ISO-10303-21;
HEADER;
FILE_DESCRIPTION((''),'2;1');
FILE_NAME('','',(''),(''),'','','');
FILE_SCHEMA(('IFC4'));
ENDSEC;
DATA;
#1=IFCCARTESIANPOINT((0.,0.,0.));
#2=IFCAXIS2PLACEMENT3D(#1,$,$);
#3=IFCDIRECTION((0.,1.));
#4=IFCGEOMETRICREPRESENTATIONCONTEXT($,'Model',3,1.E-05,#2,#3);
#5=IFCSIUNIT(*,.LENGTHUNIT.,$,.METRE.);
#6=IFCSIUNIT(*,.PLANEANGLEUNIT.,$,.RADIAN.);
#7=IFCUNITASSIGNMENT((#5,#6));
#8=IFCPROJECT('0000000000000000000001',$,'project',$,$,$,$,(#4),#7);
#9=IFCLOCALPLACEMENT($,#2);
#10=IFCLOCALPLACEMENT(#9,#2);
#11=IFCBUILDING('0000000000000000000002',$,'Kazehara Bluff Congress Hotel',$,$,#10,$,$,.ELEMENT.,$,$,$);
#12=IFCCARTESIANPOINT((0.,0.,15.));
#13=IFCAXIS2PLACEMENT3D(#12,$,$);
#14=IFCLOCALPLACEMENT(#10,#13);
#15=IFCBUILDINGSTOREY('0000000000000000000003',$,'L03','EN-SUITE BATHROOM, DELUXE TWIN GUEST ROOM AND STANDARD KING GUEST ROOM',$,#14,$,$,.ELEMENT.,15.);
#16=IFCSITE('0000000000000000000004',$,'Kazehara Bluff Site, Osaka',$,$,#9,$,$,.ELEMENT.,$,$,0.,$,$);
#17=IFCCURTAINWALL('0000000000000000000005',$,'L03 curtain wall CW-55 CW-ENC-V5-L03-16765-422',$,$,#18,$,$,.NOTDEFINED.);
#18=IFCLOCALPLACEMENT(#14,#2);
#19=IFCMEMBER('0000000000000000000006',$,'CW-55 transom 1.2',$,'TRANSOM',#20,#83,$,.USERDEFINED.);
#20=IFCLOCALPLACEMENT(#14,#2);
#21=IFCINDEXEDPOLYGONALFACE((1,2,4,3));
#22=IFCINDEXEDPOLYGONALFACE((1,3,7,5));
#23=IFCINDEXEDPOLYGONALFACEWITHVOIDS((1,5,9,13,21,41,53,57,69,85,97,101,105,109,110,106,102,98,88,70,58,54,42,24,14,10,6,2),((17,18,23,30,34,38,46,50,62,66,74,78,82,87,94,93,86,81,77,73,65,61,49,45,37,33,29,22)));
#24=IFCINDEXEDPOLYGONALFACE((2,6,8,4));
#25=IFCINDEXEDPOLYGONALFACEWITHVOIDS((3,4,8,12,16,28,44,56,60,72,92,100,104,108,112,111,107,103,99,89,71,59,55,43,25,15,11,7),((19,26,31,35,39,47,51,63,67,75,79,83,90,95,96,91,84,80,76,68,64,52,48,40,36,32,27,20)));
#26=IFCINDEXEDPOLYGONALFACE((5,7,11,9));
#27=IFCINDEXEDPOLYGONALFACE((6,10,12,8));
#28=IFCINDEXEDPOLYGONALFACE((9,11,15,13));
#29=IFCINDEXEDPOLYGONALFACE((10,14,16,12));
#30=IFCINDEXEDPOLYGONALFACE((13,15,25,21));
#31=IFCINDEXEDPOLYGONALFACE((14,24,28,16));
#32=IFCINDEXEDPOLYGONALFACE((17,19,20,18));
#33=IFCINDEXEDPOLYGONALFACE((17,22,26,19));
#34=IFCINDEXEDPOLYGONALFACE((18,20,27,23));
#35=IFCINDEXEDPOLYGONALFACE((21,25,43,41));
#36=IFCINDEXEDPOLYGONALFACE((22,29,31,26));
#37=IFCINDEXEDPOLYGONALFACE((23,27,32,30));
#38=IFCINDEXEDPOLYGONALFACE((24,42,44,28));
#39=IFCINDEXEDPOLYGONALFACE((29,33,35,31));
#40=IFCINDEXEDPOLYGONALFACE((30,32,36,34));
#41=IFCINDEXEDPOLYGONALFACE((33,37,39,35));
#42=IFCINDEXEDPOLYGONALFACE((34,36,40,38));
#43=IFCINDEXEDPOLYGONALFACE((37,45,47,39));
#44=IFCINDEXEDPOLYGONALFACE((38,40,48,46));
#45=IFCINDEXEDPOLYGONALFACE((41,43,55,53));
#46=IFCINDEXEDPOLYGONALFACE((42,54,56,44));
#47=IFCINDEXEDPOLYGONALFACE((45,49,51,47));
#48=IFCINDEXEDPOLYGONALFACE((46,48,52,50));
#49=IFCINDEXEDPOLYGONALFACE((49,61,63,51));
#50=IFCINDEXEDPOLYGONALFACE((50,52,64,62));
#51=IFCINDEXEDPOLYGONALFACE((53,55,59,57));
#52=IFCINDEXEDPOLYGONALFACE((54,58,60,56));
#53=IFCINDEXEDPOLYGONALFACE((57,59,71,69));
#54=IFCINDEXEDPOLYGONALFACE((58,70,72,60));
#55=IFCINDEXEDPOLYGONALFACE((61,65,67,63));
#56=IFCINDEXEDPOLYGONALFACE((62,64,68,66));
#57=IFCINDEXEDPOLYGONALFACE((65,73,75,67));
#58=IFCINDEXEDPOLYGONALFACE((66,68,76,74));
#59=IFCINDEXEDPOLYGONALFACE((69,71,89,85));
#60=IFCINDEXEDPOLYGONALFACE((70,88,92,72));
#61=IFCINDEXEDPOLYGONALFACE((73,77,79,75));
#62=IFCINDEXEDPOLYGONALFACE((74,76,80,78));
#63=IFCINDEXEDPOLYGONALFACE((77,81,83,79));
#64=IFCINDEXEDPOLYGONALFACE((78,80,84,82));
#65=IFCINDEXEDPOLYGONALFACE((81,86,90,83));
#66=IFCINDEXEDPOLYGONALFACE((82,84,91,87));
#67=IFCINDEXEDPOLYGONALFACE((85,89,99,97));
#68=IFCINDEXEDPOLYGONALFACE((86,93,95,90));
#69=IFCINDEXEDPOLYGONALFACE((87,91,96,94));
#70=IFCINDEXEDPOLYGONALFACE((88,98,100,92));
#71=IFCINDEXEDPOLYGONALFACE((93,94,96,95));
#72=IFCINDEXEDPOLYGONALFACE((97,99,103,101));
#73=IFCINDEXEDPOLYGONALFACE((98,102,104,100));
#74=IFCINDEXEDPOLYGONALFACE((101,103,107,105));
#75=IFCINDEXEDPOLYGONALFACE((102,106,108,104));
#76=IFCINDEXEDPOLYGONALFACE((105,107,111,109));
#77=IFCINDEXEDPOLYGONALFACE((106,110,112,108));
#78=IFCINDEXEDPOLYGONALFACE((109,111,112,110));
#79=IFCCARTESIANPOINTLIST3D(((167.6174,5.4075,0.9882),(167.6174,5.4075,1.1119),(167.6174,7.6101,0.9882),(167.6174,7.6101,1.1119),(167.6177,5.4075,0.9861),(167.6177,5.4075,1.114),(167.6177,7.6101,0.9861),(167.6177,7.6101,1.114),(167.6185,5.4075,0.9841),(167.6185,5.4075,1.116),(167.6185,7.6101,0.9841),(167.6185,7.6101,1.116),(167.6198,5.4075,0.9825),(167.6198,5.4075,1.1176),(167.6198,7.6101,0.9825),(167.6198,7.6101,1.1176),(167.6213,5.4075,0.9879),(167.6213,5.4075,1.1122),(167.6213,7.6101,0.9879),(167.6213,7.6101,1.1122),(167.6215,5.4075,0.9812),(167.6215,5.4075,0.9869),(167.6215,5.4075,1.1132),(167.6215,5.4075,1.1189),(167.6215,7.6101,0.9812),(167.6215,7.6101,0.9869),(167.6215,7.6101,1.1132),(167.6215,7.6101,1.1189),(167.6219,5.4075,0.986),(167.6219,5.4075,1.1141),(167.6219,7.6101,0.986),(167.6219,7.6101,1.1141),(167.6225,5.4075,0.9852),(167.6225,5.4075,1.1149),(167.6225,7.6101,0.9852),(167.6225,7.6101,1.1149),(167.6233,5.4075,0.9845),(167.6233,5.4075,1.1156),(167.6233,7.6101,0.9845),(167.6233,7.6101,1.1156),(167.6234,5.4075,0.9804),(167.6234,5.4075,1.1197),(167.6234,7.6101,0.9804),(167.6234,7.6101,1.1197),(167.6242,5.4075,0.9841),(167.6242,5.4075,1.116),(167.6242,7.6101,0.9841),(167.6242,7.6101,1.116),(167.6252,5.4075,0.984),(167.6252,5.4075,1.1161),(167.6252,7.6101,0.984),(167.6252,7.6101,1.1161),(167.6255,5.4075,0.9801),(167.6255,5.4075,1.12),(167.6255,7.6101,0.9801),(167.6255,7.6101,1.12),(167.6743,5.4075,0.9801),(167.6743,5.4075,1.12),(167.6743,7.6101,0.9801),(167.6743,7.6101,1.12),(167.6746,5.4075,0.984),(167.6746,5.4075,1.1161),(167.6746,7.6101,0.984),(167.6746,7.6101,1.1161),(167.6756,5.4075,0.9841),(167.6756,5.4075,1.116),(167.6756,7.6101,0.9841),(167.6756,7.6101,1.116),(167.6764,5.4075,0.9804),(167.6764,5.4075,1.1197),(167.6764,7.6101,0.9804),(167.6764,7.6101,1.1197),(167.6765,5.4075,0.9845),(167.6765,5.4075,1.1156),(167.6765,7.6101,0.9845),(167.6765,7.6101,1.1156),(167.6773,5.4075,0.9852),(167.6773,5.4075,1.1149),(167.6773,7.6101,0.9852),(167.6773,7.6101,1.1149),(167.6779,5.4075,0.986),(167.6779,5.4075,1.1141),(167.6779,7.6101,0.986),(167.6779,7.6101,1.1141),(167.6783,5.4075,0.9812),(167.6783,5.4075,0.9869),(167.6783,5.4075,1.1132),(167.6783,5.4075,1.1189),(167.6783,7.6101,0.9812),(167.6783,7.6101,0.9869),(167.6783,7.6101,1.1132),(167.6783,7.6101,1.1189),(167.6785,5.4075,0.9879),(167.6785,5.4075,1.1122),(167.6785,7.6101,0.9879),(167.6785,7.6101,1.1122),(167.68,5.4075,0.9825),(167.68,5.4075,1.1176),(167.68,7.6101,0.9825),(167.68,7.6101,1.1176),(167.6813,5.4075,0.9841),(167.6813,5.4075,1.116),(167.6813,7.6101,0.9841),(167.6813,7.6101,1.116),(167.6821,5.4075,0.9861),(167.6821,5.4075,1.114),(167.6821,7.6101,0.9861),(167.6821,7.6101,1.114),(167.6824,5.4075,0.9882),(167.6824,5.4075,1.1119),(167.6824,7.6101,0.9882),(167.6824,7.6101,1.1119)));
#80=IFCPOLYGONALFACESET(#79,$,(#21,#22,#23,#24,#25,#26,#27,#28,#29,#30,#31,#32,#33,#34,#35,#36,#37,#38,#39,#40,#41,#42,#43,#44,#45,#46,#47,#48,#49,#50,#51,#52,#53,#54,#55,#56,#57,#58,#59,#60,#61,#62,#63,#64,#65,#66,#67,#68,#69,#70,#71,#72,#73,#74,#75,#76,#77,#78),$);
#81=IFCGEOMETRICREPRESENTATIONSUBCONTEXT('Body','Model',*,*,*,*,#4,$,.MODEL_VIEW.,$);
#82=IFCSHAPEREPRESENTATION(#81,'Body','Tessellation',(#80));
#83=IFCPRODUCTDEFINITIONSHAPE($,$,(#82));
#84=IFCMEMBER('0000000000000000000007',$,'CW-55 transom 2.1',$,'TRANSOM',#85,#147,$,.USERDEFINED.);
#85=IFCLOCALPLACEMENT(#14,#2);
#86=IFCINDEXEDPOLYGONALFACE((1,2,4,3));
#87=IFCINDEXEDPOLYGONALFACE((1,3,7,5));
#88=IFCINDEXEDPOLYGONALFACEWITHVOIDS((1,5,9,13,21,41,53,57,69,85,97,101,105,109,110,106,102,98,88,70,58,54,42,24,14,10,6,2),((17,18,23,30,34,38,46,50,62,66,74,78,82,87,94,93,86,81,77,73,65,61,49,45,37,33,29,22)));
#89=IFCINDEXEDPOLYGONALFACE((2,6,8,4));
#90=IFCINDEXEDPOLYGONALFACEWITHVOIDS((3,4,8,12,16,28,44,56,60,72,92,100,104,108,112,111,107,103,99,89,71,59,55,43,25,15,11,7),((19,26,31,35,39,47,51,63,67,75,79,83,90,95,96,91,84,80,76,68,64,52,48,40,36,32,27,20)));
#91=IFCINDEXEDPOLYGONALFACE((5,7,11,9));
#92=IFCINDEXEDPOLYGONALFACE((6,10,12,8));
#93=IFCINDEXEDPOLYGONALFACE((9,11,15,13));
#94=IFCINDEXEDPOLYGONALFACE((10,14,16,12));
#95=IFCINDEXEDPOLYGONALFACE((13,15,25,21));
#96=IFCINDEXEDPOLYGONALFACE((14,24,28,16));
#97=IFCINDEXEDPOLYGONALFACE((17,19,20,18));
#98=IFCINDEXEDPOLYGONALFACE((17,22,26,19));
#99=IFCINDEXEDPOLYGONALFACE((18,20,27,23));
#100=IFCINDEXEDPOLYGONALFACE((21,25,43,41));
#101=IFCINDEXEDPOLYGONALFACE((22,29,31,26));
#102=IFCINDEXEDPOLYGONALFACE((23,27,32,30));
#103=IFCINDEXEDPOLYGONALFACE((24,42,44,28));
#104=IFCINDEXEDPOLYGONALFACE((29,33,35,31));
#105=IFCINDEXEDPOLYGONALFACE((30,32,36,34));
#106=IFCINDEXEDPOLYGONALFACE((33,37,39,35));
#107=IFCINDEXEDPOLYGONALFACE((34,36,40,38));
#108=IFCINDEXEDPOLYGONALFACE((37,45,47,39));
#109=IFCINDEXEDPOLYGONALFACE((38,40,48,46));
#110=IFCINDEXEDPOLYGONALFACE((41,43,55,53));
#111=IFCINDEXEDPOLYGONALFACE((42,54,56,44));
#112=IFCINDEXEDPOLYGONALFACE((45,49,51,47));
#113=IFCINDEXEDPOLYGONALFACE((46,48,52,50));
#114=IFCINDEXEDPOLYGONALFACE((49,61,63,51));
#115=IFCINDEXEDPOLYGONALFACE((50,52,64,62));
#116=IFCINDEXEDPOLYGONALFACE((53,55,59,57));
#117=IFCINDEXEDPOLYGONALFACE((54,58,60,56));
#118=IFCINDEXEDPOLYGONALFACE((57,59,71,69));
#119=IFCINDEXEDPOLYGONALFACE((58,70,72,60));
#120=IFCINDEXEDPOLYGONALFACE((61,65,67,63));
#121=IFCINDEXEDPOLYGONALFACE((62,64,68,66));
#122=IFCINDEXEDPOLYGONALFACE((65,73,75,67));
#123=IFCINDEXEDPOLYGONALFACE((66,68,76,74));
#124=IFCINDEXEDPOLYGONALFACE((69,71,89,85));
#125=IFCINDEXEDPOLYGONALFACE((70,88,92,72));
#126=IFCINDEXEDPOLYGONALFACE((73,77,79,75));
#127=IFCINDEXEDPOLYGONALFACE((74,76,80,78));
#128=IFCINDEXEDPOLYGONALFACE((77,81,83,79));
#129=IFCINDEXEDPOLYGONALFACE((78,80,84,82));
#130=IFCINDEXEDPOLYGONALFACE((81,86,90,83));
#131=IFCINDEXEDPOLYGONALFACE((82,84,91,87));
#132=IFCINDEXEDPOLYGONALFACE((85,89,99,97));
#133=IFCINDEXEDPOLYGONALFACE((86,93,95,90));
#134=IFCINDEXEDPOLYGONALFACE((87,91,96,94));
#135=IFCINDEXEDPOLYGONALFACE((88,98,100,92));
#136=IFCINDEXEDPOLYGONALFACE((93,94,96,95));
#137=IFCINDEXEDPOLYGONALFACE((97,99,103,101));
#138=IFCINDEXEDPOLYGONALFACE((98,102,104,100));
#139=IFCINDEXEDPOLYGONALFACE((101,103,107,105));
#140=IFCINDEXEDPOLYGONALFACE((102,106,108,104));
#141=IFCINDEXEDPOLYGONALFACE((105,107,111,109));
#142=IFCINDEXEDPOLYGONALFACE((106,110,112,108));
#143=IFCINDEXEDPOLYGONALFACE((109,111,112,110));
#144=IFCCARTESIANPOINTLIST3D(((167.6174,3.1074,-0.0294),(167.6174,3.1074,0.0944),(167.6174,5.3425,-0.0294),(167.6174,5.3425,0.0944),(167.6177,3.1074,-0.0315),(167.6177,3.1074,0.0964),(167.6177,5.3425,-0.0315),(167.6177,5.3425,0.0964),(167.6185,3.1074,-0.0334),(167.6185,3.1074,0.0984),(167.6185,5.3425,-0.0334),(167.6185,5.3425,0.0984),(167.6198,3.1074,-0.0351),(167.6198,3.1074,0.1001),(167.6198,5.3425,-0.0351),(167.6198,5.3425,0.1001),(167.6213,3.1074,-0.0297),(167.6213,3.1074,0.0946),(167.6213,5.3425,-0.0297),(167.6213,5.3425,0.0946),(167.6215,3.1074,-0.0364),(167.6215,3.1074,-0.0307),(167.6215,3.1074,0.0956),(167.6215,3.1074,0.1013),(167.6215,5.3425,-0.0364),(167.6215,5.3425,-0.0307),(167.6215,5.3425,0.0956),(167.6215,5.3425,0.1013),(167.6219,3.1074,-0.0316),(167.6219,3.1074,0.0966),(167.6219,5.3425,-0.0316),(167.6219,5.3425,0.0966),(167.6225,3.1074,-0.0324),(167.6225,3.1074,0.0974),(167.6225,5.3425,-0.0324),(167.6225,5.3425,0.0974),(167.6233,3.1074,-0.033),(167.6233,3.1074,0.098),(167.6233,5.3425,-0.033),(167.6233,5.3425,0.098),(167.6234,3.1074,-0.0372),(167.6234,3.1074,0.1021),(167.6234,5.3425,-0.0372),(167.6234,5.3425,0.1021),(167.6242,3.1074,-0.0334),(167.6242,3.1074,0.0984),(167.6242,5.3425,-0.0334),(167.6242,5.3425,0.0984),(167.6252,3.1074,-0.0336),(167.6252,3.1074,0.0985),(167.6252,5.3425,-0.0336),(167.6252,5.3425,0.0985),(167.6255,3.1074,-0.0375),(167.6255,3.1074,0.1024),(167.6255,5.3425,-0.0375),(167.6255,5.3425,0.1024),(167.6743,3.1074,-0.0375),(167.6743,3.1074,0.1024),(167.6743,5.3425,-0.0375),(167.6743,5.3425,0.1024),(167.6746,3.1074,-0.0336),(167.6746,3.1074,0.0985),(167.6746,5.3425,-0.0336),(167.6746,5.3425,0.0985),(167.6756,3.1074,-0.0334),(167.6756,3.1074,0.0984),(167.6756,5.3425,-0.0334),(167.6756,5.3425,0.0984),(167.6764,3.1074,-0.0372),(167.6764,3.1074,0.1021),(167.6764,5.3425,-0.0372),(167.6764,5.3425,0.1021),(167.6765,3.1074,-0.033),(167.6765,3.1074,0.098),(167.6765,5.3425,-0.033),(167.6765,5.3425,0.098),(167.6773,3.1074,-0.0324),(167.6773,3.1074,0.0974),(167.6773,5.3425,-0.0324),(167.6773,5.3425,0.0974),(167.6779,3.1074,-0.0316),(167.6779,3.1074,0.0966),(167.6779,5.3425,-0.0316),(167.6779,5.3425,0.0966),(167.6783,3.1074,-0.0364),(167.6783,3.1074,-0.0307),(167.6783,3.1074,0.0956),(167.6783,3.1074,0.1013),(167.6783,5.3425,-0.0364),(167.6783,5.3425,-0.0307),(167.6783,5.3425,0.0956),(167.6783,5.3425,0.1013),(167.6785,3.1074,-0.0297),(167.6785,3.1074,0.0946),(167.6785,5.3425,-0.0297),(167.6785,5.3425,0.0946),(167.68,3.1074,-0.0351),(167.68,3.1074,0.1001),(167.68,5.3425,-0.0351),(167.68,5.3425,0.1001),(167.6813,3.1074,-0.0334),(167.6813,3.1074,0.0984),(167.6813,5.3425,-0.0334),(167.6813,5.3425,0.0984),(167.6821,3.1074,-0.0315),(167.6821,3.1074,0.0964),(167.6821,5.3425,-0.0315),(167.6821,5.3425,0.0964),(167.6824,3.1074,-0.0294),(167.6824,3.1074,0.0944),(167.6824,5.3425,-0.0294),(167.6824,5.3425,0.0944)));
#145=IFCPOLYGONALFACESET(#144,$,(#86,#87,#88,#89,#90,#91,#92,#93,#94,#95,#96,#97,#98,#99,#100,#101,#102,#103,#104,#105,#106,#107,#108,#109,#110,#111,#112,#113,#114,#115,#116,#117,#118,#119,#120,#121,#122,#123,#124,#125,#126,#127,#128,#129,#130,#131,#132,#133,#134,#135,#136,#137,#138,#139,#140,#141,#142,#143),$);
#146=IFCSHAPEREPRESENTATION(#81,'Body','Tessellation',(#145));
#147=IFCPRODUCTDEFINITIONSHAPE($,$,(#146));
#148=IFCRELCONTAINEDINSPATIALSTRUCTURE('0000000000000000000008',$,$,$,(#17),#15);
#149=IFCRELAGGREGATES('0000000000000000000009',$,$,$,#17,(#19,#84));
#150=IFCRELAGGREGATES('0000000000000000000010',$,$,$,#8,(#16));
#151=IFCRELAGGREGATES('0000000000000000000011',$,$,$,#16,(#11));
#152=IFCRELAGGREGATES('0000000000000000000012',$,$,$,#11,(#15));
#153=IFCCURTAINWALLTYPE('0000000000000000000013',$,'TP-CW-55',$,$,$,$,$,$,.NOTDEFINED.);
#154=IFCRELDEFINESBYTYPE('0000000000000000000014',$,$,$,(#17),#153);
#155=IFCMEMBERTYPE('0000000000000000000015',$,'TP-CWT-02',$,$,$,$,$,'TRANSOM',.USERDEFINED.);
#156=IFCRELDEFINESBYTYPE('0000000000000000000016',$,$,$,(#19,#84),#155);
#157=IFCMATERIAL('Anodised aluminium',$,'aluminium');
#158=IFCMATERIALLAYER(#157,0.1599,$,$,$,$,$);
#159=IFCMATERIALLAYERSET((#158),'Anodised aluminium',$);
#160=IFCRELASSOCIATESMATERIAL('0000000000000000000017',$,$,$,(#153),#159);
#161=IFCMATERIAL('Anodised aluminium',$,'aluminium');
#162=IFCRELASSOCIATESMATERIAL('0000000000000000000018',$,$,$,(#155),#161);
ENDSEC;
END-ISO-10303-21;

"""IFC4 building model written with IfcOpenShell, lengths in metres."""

from ifc_helpers import new_model, si_unit, direction, frame, origin, origin_2d, place, context, subcontext, project, spatial, hollow_rectangle, extrude, material, layer, layer_set, material_profile, profile_set, type_object, element, aggregate, save


model = new_model("IFC4")

# Units and contexts
model_context = context("Model", 3, precision=1e-05, world=origin(), true_north=direction((0.0, 1.0)))
body_context = subcontext(model_context, "Body", "Model", "MODEL_VIEW")
ifc_project = project(units=[si_unit("LENGTHUNIT", "METRE"), si_unit("PLANEANGLEUNIT", "RADIAN")], contexts=[model_context])

# Site, building, storey
site_placement = place(None, origin())
site = spatial("IfcSite", under=ifc_project, at=site_placement, Name="Kazehara Bluff Site, Osaka", CompositionType="ELEMENT", RefElevation=0.0)
building_placement = place(site_placement, origin())
building = spatial("IfcBuilding", under=site, at=building_placement, Name="Kazehara Bluff Congress Hotel", CompositionType="ELEMENT")
storey_placement = place(building_placement, frame((0.0, 0.0, 15.0)))
storey = spatial("IfcBuildingStorey", under=building, at=storey_placement, Name="L03", Description="EN-SUITE BATHROOM, DELUXE TWIN GUEST ROOM AND STANDARD KING GUEST ROOM", CompositionType="ELEMENT", Elevation=15.0)

# Curtain wall
ifc_material_1 = material(Name="Anodised aluminium", Category="aluminium")
ifc_layer_1 = layer(ifc_material_1, 0.1599)
ifc_layer_set_1 = layer_set([ifc_layer_1], Name="Anodised aluminium")
curtain_wall_type_1 = type_object("IfcCurtainWallType", Name="TP-CW-55", PredefinedType="NOTDEFINED", material=ifc_layer_set_1)
curtain_wall_1_placement = place(storey_placement, origin())
curtain_wall_1 = element("IfcCurtainWall", 1, at=curtain_wall_1_placement, inside=storey, type_object=curtain_wall_type_1, Name="L03 curtain wall CW-55 CW-ENC-V5-L03-16765-422", PredefinedType="NOTDEFINED")

# Members
ifc_material_2 = material(Name="Anodised aluminium", Category="aluminium")
ifc_material_profile_1 = material_profile(ifc_material_2, hollow_rectangle(XDim=0.0649, YDim=0.1399, WallThickness=0.0039, InnerFilletRadius=0.0039, OuterFilletRadius=0.0081, at=origin_2d()))
ifc_profile_set_1 = profile_set([ifc_material_profile_1], Name="Anodised aluminium")
member_type_1 = type_object("IfcMemberType", Name="TP-CWT-02", ElementType="TRANSOM", PredefinedType="USERDEFINED", material=ifc_profile_set_1)
member_1_placement = place(storey_placement, frame((167.6499, 7.6101, 1.05), z_axis=(0.0, -1.0, 0.0), x_axis=(1.0, 0.0, 0.0)))
member_1 = element("IfcMember", 2, at=member_1_placement, type_object=member_type_1, Name="CW-55 transom 1.2", ObjectType="TRANSOM", PredefinedType="USERDEFINED", context=body_context, shape_type="SweptSolid", body=[
    extrude(hollow_rectangle(XDim=0.0649, YDim=0.1399, WallThickness=0.0039, InnerFilletRadius=0.0039, OuterFilletRadius=0.0081, at=origin_2d()), origin(), (0.0, 0.0, 1.0), 2.2026),
])
member_2_placement = place(storey_placement, frame((167.6499, 5.3425, 0.0325), z_axis=(0.0, -1.0, 0.0), x_axis=(1.0, 0.0, 0.0)))
member_2 = element("IfcMember", 3, at=member_2_placement, type_object=member_type_1, Name="CW-55 transom 2.1", ObjectType="TRANSOM", PredefinedType="USERDEFINED", context=body_context, shape_type="SweptSolid", body=[
    extrude(hollow_rectangle(XDim=0.0649, YDim=0.1399, WallThickness=0.0039, InnerFilletRadius=0.0039, OuterFilletRadius=0.0081, at=origin_2d()), origin(), (0.0, 0.0, 1.0), 2.2351),
])

aggregate(curtain_wall_1, [member_1, member_2])

save(model, "model.ifc")
